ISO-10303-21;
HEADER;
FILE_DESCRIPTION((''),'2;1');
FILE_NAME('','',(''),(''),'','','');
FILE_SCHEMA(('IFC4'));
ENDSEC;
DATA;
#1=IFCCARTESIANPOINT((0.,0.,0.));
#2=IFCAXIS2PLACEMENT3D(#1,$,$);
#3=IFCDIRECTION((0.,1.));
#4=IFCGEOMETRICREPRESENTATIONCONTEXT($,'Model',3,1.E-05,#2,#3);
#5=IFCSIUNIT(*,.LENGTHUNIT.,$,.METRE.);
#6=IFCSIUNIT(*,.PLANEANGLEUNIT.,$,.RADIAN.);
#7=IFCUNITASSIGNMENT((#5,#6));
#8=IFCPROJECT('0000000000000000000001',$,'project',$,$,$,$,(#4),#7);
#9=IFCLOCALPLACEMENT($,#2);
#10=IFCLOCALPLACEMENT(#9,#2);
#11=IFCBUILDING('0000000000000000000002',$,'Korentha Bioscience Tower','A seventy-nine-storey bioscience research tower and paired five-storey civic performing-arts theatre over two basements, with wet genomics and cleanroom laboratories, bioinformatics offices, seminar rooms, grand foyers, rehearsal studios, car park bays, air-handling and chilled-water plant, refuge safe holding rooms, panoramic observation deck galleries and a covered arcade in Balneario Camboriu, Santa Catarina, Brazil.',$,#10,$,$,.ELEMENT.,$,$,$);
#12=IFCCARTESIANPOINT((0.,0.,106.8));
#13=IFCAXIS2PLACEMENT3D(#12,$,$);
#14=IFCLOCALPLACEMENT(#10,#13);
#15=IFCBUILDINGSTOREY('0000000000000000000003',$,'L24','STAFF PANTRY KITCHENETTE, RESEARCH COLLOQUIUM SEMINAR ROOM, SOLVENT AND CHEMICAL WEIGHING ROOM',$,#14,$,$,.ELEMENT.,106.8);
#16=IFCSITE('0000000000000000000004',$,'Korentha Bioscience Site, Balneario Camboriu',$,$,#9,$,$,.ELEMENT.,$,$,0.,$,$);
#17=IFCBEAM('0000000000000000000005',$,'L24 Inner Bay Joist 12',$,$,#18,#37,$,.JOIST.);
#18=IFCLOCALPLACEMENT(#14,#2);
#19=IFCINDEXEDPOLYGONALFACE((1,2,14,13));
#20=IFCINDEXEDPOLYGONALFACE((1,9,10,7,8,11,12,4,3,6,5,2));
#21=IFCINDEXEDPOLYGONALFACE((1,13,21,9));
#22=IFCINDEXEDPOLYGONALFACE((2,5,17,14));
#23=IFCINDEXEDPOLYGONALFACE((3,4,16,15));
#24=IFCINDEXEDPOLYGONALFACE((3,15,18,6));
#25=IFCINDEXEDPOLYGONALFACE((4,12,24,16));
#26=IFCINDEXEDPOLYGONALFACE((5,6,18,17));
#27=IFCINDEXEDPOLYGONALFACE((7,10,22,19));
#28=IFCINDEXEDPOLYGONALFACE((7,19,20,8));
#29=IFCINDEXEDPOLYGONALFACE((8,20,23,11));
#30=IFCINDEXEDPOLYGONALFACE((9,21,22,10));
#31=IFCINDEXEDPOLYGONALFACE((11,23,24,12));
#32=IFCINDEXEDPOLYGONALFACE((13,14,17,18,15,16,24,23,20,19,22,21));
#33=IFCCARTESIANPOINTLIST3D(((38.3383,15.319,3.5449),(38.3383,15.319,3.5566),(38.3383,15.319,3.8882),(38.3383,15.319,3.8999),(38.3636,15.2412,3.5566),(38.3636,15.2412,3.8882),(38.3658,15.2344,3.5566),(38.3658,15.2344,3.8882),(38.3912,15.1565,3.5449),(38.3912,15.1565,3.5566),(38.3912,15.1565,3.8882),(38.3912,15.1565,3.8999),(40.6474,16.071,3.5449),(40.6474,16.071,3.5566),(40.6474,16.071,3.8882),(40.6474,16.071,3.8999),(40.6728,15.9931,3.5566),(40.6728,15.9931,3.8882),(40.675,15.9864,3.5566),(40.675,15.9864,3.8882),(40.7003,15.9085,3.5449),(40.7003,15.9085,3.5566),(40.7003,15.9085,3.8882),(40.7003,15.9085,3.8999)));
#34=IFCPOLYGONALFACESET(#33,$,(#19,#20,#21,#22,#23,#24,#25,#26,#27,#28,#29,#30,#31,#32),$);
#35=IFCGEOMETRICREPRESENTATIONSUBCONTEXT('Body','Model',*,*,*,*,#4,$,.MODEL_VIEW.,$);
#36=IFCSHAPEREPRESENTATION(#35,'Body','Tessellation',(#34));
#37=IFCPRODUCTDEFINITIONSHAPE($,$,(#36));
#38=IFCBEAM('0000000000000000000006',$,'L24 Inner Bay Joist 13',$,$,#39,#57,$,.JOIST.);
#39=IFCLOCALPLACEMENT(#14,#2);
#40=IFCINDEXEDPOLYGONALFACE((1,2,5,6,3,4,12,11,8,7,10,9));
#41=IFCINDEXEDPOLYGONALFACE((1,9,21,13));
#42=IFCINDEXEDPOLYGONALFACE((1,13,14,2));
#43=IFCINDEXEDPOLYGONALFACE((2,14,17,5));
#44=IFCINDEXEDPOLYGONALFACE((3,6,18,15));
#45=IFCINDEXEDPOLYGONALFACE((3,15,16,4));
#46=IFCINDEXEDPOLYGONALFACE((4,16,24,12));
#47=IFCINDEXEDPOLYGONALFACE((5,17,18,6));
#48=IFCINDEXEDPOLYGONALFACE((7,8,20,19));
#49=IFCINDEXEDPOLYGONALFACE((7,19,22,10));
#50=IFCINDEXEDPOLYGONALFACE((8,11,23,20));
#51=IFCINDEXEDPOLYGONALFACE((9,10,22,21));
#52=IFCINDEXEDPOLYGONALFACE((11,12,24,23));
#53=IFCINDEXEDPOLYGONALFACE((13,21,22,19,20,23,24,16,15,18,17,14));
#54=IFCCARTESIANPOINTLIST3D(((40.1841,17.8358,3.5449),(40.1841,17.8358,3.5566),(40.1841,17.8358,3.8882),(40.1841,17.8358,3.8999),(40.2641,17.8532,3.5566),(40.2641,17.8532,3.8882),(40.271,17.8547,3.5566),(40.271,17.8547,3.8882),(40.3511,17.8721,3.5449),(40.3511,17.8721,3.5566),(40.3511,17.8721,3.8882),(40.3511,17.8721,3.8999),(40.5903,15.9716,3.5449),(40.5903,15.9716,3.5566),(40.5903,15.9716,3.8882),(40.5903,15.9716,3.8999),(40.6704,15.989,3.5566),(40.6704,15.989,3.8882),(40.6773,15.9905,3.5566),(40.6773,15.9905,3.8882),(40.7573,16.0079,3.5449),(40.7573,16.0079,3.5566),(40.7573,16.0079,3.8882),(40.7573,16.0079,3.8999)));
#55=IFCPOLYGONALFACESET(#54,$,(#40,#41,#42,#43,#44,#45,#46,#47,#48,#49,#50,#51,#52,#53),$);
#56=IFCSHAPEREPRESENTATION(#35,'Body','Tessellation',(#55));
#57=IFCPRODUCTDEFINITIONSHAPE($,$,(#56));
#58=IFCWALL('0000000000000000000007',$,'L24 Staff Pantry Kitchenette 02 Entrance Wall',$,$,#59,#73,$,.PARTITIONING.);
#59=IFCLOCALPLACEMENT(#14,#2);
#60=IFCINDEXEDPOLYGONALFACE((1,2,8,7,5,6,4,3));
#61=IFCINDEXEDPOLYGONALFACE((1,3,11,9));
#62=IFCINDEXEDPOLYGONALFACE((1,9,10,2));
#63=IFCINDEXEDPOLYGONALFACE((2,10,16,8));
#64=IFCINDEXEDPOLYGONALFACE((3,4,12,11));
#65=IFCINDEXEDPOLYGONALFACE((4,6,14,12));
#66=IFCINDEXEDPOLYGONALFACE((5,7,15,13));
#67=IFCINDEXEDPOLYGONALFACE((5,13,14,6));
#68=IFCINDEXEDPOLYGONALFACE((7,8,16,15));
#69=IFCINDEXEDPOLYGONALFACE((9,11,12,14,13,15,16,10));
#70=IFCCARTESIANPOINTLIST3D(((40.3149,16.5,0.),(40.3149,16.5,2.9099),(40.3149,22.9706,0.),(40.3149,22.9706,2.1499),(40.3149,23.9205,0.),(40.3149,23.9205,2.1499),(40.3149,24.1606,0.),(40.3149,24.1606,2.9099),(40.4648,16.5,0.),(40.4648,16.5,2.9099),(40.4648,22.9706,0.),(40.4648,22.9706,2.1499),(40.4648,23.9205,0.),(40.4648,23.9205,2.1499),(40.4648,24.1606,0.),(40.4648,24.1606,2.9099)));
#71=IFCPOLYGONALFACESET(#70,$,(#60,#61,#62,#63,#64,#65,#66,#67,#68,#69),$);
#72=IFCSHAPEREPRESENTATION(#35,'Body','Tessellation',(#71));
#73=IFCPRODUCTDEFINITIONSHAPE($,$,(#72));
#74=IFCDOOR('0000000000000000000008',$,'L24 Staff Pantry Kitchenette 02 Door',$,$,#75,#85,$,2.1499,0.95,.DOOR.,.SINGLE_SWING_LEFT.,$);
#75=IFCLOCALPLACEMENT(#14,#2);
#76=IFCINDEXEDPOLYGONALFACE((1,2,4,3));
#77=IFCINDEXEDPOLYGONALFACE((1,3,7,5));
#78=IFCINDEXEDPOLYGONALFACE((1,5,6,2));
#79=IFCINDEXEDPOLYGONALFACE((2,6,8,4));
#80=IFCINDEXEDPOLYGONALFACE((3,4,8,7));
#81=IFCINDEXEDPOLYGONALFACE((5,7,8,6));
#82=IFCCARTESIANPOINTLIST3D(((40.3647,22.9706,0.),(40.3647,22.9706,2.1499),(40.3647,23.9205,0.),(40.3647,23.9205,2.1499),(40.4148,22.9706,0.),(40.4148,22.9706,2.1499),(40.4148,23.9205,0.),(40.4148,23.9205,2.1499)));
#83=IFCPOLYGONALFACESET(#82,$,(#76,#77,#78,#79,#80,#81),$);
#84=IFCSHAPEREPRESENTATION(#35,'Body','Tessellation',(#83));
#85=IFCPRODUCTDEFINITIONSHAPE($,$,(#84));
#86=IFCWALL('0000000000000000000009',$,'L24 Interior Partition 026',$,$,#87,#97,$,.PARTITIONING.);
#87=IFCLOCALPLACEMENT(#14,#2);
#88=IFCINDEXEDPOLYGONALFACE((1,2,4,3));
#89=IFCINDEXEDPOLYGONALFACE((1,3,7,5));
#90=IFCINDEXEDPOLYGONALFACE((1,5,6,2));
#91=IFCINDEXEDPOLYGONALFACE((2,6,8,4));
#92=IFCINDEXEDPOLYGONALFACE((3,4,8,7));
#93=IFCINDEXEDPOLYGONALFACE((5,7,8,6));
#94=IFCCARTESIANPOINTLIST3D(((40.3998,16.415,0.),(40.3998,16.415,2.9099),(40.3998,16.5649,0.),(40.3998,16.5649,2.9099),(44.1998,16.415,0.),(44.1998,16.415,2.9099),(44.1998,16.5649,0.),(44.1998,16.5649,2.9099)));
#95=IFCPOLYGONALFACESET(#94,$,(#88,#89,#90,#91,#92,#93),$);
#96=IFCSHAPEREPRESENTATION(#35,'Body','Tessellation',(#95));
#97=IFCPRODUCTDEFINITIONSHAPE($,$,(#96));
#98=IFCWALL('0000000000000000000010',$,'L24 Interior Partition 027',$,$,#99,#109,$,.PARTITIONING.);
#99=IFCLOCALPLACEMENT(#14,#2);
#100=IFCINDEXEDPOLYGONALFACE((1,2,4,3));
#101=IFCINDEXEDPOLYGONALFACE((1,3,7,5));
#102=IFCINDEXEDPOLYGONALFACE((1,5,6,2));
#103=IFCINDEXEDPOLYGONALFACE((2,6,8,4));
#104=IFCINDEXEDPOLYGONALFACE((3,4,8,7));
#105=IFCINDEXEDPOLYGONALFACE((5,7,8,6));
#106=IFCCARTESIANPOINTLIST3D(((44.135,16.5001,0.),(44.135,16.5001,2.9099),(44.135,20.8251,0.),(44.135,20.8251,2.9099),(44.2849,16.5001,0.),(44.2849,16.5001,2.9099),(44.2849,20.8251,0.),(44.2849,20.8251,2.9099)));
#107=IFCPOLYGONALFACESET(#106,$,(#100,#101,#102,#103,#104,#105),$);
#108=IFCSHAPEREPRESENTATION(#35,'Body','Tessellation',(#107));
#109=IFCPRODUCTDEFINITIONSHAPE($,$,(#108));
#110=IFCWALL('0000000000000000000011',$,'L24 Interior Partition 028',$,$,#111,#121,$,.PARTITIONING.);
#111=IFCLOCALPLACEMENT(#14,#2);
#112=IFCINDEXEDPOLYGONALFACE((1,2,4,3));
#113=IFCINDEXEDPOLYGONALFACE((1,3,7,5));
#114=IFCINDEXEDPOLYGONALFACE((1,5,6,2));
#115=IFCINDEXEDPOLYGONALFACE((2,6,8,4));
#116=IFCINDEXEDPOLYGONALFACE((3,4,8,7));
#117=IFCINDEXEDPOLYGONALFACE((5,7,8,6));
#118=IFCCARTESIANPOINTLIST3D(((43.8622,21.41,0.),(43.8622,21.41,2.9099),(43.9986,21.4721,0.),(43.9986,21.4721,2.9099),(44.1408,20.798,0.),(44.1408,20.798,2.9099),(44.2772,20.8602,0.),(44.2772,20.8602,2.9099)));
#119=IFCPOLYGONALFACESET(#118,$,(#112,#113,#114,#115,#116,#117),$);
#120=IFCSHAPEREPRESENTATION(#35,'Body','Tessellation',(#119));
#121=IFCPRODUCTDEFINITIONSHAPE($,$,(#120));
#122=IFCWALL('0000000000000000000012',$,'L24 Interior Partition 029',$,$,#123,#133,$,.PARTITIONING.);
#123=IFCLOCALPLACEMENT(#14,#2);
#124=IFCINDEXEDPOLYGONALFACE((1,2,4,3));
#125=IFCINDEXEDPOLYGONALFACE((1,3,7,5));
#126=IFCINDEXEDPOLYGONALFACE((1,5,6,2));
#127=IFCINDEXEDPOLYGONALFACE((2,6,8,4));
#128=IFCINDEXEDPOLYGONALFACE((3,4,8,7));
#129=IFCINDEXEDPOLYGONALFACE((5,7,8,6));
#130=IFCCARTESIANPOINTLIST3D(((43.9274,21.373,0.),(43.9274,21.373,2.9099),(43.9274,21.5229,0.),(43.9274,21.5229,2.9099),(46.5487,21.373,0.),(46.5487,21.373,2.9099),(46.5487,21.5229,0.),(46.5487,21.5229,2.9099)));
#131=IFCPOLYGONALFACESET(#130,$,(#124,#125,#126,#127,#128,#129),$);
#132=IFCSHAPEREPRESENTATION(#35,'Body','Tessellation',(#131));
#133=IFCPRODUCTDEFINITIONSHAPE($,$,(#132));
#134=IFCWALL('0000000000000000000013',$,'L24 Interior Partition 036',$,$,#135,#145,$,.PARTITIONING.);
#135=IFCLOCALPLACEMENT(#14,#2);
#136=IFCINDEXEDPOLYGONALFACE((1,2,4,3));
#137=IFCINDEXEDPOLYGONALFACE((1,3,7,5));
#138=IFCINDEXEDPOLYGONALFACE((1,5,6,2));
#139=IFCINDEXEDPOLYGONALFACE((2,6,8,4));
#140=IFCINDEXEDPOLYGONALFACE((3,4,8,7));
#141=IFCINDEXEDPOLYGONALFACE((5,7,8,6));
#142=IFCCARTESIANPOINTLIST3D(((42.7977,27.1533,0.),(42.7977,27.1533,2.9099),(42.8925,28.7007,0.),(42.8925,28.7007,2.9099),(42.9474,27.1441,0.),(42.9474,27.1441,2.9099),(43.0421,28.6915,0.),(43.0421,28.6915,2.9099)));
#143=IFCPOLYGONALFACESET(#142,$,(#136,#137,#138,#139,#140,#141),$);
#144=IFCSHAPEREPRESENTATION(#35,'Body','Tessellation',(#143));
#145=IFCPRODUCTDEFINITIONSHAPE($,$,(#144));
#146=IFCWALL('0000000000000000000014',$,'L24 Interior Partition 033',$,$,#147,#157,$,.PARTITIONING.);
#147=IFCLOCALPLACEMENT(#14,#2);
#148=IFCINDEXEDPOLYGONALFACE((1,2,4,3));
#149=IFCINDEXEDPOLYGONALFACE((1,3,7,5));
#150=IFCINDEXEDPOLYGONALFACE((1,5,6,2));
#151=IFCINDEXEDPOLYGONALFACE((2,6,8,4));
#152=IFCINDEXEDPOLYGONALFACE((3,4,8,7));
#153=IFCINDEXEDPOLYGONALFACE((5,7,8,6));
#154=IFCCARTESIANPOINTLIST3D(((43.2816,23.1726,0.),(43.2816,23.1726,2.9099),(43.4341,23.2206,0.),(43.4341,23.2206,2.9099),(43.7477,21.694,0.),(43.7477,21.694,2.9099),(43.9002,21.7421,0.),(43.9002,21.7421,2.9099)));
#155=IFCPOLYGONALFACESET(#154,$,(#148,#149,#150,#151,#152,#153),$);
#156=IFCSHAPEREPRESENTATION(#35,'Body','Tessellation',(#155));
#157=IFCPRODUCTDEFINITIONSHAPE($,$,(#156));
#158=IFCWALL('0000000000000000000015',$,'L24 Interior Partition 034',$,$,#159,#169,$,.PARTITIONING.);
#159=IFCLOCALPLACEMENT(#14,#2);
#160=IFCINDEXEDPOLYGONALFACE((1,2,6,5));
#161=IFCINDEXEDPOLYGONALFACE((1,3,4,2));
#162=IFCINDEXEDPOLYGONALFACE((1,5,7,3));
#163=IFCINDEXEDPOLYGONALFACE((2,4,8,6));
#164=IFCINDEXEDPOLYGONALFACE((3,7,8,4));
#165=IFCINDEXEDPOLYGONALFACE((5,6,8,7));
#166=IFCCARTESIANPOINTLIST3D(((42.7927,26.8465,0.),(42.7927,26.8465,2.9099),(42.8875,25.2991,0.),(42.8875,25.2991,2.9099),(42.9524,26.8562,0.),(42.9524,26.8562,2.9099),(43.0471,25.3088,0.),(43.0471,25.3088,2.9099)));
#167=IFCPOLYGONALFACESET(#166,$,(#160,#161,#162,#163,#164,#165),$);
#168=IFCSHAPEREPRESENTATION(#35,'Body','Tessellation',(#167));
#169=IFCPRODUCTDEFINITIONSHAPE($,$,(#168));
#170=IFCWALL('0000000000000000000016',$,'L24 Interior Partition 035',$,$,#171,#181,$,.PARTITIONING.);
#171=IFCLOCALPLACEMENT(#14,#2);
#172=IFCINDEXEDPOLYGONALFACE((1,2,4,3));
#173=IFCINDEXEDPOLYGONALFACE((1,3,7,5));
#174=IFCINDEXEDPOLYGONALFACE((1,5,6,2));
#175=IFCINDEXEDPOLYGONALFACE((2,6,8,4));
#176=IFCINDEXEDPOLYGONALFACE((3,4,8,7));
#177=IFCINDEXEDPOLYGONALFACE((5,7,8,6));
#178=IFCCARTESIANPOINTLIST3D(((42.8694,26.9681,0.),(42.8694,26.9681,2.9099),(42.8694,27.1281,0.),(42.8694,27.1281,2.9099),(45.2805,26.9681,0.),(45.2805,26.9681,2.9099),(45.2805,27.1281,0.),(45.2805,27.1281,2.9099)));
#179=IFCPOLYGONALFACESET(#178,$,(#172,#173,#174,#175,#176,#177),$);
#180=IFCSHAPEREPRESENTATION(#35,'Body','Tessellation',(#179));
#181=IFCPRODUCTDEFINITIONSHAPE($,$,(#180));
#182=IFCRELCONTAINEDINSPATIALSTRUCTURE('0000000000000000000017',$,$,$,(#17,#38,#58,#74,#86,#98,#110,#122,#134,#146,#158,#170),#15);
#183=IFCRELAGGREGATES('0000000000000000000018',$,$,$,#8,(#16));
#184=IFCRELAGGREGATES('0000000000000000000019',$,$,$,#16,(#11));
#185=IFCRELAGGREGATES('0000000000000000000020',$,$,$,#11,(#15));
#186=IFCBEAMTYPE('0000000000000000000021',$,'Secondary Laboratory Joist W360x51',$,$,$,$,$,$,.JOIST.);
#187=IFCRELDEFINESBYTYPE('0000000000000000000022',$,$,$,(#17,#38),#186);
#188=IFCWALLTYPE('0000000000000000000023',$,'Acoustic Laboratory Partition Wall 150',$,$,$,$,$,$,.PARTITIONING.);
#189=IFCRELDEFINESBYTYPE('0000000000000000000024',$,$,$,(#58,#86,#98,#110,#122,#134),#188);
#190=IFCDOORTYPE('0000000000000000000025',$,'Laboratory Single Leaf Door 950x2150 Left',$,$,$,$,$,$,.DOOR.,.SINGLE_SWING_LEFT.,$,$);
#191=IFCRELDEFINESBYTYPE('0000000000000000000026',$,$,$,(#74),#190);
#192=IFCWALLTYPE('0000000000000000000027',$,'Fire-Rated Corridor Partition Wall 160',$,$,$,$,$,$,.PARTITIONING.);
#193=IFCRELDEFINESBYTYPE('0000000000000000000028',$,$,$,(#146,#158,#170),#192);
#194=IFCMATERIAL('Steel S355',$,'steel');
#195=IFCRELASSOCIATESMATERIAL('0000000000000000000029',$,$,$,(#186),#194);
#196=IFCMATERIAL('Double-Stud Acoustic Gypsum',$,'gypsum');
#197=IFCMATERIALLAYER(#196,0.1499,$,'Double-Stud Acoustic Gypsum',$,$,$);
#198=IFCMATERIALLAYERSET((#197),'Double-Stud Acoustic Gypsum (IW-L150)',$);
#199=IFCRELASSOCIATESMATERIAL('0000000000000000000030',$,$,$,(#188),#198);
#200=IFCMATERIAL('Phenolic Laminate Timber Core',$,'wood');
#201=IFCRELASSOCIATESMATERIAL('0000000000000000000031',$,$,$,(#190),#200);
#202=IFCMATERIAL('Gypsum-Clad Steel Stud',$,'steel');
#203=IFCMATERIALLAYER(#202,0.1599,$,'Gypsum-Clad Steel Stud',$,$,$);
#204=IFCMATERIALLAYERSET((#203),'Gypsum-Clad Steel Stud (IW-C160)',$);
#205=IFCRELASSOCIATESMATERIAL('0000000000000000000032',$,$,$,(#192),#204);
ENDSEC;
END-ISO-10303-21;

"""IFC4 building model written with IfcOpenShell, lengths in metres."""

from ifc_helpers import new_model, si_unit, direction, frame, frame_2d, origin, origin_2d, place, context, subcontext, project, spatial, rectangle, i_section, extrude, material, layer, layer_set, material_profile, profile_set, type_object, element, fill, save


model = new_model("IFC4")

# Units and contexts
model_context = context("Model", 3, precision=1e-05, world=origin(), true_north=direction((0.0, 1.0)))
body_context = subcontext(model_context, "Body", "Model", "MODEL_VIEW")
ifc_project = project(units=[si_unit("LENGTHUNIT", "METRE"), si_unit("PLANEANGLEUNIT", "RADIAN")], contexts=[model_context])

# Site, building, storey
site_placement = place(None, origin())
site = spatial("IfcSite", under=ifc_project, at=site_placement, Name="Korentha Bioscience Site, Balneario Camboriu", CompositionType="ELEMENT", RefElevation=0.0)
building_placement = place(site_placement, origin())
building = spatial("IfcBuilding", under=site, at=building_placement, Name="Korentha Bioscience Tower", Description="A seventy-nine-storey bioscience research tower and paired five-storey civic performing-arts theatre over two basements, with wet genomics and cleanroom laboratories, bioinformatics offices, seminar rooms, grand foyers, rehearsal studios, car park bays, air-handling and chilled-water plant, refuge safe holding rooms, panoramic observation deck galleries and a covered arcade in Balneario Camboriu, Santa Catarina, Brazil.", CompositionType="ELEMENT")
storey_placement = place(building_placement, frame((0.0, 0.0, 106.8)))
storey = spatial("IfcBuildingStorey", under=building, at=storey_placement, Name="L24", Description="STAFF PANTRY KITCHENETTE, RESEARCH COLLOQUIUM SEMINAR ROOM, SOLVENT AND CHEMICAL WEIGHING ROOM", CompositionType="ELEMENT", Elevation=106.8)

# Beams
ifc_material_1 = material(Name="Steel S355", Category="steel")
ifc_material_profile_1 = material_profile(ifc_material_1, i_section(OverallWidth=0.1709, OverallDepth=0.355, WebThickness=0.0071, FlangeThickness=0.0117, at=origin_2d()), Name="Steel S355")
ifc_profile_set_1 = profile_set([ifc_material_profile_1], Name="Steel S355 (JB-360)")
beam_type_1 = type_object("IfcBeamType", Name="Secondary Laboratory Joist W360x51", PredefinedType="JOIST", material=ifc_profile_set_1)
beam_1_placement = place(storey_placement, frame((38.3647, 15.2378, 3.7224), z_axis=(0.950852, 0.309645, 0.0), x_axis=(-0.309645, 0.950852, 0.0)))
element("IfcBeam", 1, at=beam_1_placement, inside=storey, type_object=beam_type_1, Name="L24 Inner Bay Joist 12", PredefinedType="JOIST", context=body_context, shape_type="SweptSolid", body=[
    extrude(i_section(OverallWidth=0.1709, OverallDepth=0.355, WebThickness=0.0071, FlangeThickness=0.0117, at=origin_2d()), origin(), (0.0, 0.0, 1.0), 2.4285),
])
beam_2_placement = place(storey_placement, frame((40.6738, 15.9897, 3.7224), z_axis=(-0.212918, 0.97707, 0.0), x_axis=(-0.97707, -0.212918, 0.0)))
element("IfcBeam", 2, at=beam_2_placement, inside=storey, type_object=beam_type_1, Name="L24 Inner Bay Joist 13", PredefinedType="JOIST", context=body_context, shape_type="SweptSolid", body=[
    extrude(i_section(OverallWidth=0.1709, OverallDepth=0.355, WebThickness=0.0071, FlangeThickness=0.0117, at=origin_2d()), origin(), (0.0, 0.0, 1.0), 1.908),
])

# Wall, opening, door
ifc_material_2 = material(Name="Double-Stud Acoustic Gypsum", Category="gypsum")
ifc_layer_1 = layer(ifc_material_2, 0.1499, Name="Double-Stud Acoustic Gypsum")
ifc_layer_set_1 = layer_set([ifc_layer_1], Name="Double-Stud Acoustic Gypsum (IW-L150)")
wall_type_1 = type_object("IfcWallType", Name="Acoustic Laboratory Partition Wall 150", PredefinedType="PARTITIONING", material=ifc_layer_set_1)
wall_1_placement = place(storey_placement, frame((40.3899, 24.1606, 0.0), z_axis=(0.0, 0.0, 1.0), x_axis=(0.0, -1.0, 0.0)))
wall_1 = element("IfcWall", 3, at=wall_1_placement, inside=storey, type_object=wall_type_1, Name="L24 Staff Pantry Kitchenette 02 Entrance Wall", PredefinedType="PARTITIONING", context=body_context, shape_type="SweptSolid", body=[
    extrude(rectangle(XDim=7.6606, YDim=0.1499, at=frame_2d((3.8303, 0.0))), origin(), (0.0, 0.0, 1.0), 2.9099),
])
opening_1_placement = place(wall_1_placement, frame((0.24, 0.0, 0.0)))
opening_1 = element("IfcOpeningElement", 4, at=opening_1_placement, cuts=wall_1, PredefinedType="OPENING", context=body_context, shape_type="SweptSolid", body=[
    extrude(rectangle(XDim=0.95, YDim=2.1499, at=frame_2d((0.4751, 1.075))), frame((0.0, 0.0898, 0.0), z_axis=(0.0, -1.0, 0.0), x_axis=(1.0, 0.0, 0.0)), (0.0, 0.0, 1.0), 0.1797),
])
ifc_material_3 = material(Name="Phenolic Laminate Timber Core", Category="wood")
door_type_1 = type_object("IfcDoorType", Name="Laboratory Single Leaf Door 950x2150 Left", OperationType="SINGLE_SWING_LEFT", PredefinedType="DOOR", material=ifc_material_3)
door_1_placement = place(opening_1_placement, origin())
door_1 = element("IfcDoor", 5, at=door_1_placement, inside=storey, type_object=door_type_1, Name="L24 Staff Pantry Kitchenette 02 Door", OperationType="SINGLE_SWING_LEFT", OverallHeight=2.1499, OverallWidth=0.95, PredefinedType="DOOR", context=body_context, shape_type="SweptSolid", body=[
    extrude(rectangle(XDim=0.95, YDim=2.1499, at=frame_2d((0.4751, 1.075))), frame((0.0, 0.0249, 0.0), z_axis=(0.0, -1.0, 0.0), x_axis=(1.0, 0.0, 0.0)), (0.0, 0.0, 1.0), 0.05),
])
fill(opening_1, door_1)

# Walls
wall_2_placement = place(storey_placement, frame((40.3999, 16.49, 0.0), z_axis=(0.0, 0.0, 1.0), x_axis=(1.0, 0.0, 0.0)))
element("IfcWall", 6, at=wall_2_placement, inside=storey, type_object=wall_type_1, Name="L24 Interior Partition 026", PredefinedType="PARTITIONING", context=body_context, shape_type="SweptSolid", body=[
    extrude(rectangle(XDim=3.8, YDim=0.1499, at=frame_2d((1.8999, 0.0))), origin(), (0.0, 0.0, 1.0), 2.9099),
])
wall_3_placement = place(storey_placement, frame((44.21, 16.5, 0.0), z_axis=(0.0, 0.0, 1.0), x_axis=(0.0, 1.0, 0.0)))
element("IfcWall", 7, at=wall_3_placement, inside=storey, type_object=wall_type_1, Name="L24 Interior Partition 027", PredefinedType="PARTITIONING", context=body_context, shape_type="SweptSolid", body=[
    extrude(rectangle(XDim=4.325, YDim=0.1499, at=frame_2d((2.1626, 0.0))), origin(), (0.0, 0.0, 1.0), 2.9099),
])
wall_4_placement = place(storey_placement, frame((44.209, 20.8291, 0.0), z_axis=(0.0, 0.0, 1.0), x_axis=(-0.414377, 0.910105, 0.0)))
element("IfcWall", 8, at=wall_4_placement, inside=storey, type_object=wall_type_1, Name="L24 Interior Partition 028", PredefinedType="PARTITIONING", context=body_context, shape_type="SweptSolid", body=[
    extrude(rectangle(XDim=0.6724, YDim=0.1499, at=frame_2d((0.3362, 0.0))), origin(), (0.0, 0.0, 1.0), 2.9099),
])
wall_5_placement = place(storey_placement, frame((43.9275, 21.448, 0.0), z_axis=(0.0, 0.0, 1.0), x_axis=(1.0, 0.0, 0.0)))
element("IfcWall", 9, at=wall_5_placement, inside=storey, type_object=wall_type_1, Name="L24 Interior Partition 029", PredefinedType="PARTITIONING", context=body_context, shape_type="SweptSolid", body=[
    extrude(rectangle(XDim=2.6213, YDim=0.1499, at=frame_2d((1.3105, 0.0))), origin(), (0.0, 0.0, 1.0), 2.9099),
])
wall_6_placement = place(storey_placement, frame((42.8726, 27.1487, 0.0), z_axis=(0.0, 0.0, 1.0), x_axis=(0.061104, 0.998131, 0.0)))
element("IfcWall", 10, at=wall_6_placement, inside=storey, type_object=wall_type_1, Name="L24 Interior Partition 036", PredefinedType="PARTITIONING", context=body_context, shape_type="SweptSolid", body=[
    extrude(rectangle(XDim=1.5503, YDim=0.1499, at=frame_2d((0.7751, 0.0))), origin(), (0.0, 0.0, 1.0), 2.9099),
])

# Shared definitions
ifc_material_4 = material(Name="Gypsum-Clad Steel Stud", Category="steel")
ifc_layer_2 = layer(ifc_material_4, 0.1599, Name="Gypsum-Clad Steel Stud")
ifc_layer_set_2 = layer_set([ifc_layer_2], Name="Gypsum-Clad Steel Stud (IW-C160)")
wall_type_2 = type_object("IfcWallType", Name="Fire-Rated Corridor Partition Wall 160", PredefinedType="PARTITIONING", material=ifc_layer_set_2)

# Walls
for number, where, z_axis, x_axis, name in (
    (11, (43.824, 21.718, 0.0), (0.0, 0.0, 1.0), (-0.300641, 0.953737, 0.0), "L24 Interior Partition 033"),
    (12, (42.9673, 25.304, 0.0), (0.0, 0.0, 1.0), (-0.061104, 0.998131, 0.0), "L24 Interior Partition 034"),
):
    element("IfcWall", number, at=place(storey_placement, frame(where, z_axis=z_axis, x_axis=x_axis)), inside=storey, type_object=wall_type_2, Name=name, PredefinedType="PARTITIONING", context=body_context, shape_type="SweptSolid", body=[
        extrude(rectangle(XDim=1.5503, YDim=0.1599, at=frame_2d((0.7751, 0.0))), origin(), (0.0, 0.0, 1.0), 2.9099),
    ])
wall_7_placement = place(storey_placement, frame((42.8694, 27.0481, 0.0), z_axis=(0.0, 0.0, 1.0), x_axis=(1.0, 0.0, 0.0)))
element("IfcWall", 13, at=wall_7_placement, inside=storey, type_object=wall_type_2, Name="L24 Interior Partition 035", PredefinedType="PARTITIONING", context=body_context, shape_type="SweptSolid", body=[
    extrude(rectangle(XDim=2.4111, YDim=0.1599, at=frame_2d((1.2056, 0.0))), origin(), (0.0, 0.0, 1.0), 2.9099),
])

save(model, "model.ifc")
